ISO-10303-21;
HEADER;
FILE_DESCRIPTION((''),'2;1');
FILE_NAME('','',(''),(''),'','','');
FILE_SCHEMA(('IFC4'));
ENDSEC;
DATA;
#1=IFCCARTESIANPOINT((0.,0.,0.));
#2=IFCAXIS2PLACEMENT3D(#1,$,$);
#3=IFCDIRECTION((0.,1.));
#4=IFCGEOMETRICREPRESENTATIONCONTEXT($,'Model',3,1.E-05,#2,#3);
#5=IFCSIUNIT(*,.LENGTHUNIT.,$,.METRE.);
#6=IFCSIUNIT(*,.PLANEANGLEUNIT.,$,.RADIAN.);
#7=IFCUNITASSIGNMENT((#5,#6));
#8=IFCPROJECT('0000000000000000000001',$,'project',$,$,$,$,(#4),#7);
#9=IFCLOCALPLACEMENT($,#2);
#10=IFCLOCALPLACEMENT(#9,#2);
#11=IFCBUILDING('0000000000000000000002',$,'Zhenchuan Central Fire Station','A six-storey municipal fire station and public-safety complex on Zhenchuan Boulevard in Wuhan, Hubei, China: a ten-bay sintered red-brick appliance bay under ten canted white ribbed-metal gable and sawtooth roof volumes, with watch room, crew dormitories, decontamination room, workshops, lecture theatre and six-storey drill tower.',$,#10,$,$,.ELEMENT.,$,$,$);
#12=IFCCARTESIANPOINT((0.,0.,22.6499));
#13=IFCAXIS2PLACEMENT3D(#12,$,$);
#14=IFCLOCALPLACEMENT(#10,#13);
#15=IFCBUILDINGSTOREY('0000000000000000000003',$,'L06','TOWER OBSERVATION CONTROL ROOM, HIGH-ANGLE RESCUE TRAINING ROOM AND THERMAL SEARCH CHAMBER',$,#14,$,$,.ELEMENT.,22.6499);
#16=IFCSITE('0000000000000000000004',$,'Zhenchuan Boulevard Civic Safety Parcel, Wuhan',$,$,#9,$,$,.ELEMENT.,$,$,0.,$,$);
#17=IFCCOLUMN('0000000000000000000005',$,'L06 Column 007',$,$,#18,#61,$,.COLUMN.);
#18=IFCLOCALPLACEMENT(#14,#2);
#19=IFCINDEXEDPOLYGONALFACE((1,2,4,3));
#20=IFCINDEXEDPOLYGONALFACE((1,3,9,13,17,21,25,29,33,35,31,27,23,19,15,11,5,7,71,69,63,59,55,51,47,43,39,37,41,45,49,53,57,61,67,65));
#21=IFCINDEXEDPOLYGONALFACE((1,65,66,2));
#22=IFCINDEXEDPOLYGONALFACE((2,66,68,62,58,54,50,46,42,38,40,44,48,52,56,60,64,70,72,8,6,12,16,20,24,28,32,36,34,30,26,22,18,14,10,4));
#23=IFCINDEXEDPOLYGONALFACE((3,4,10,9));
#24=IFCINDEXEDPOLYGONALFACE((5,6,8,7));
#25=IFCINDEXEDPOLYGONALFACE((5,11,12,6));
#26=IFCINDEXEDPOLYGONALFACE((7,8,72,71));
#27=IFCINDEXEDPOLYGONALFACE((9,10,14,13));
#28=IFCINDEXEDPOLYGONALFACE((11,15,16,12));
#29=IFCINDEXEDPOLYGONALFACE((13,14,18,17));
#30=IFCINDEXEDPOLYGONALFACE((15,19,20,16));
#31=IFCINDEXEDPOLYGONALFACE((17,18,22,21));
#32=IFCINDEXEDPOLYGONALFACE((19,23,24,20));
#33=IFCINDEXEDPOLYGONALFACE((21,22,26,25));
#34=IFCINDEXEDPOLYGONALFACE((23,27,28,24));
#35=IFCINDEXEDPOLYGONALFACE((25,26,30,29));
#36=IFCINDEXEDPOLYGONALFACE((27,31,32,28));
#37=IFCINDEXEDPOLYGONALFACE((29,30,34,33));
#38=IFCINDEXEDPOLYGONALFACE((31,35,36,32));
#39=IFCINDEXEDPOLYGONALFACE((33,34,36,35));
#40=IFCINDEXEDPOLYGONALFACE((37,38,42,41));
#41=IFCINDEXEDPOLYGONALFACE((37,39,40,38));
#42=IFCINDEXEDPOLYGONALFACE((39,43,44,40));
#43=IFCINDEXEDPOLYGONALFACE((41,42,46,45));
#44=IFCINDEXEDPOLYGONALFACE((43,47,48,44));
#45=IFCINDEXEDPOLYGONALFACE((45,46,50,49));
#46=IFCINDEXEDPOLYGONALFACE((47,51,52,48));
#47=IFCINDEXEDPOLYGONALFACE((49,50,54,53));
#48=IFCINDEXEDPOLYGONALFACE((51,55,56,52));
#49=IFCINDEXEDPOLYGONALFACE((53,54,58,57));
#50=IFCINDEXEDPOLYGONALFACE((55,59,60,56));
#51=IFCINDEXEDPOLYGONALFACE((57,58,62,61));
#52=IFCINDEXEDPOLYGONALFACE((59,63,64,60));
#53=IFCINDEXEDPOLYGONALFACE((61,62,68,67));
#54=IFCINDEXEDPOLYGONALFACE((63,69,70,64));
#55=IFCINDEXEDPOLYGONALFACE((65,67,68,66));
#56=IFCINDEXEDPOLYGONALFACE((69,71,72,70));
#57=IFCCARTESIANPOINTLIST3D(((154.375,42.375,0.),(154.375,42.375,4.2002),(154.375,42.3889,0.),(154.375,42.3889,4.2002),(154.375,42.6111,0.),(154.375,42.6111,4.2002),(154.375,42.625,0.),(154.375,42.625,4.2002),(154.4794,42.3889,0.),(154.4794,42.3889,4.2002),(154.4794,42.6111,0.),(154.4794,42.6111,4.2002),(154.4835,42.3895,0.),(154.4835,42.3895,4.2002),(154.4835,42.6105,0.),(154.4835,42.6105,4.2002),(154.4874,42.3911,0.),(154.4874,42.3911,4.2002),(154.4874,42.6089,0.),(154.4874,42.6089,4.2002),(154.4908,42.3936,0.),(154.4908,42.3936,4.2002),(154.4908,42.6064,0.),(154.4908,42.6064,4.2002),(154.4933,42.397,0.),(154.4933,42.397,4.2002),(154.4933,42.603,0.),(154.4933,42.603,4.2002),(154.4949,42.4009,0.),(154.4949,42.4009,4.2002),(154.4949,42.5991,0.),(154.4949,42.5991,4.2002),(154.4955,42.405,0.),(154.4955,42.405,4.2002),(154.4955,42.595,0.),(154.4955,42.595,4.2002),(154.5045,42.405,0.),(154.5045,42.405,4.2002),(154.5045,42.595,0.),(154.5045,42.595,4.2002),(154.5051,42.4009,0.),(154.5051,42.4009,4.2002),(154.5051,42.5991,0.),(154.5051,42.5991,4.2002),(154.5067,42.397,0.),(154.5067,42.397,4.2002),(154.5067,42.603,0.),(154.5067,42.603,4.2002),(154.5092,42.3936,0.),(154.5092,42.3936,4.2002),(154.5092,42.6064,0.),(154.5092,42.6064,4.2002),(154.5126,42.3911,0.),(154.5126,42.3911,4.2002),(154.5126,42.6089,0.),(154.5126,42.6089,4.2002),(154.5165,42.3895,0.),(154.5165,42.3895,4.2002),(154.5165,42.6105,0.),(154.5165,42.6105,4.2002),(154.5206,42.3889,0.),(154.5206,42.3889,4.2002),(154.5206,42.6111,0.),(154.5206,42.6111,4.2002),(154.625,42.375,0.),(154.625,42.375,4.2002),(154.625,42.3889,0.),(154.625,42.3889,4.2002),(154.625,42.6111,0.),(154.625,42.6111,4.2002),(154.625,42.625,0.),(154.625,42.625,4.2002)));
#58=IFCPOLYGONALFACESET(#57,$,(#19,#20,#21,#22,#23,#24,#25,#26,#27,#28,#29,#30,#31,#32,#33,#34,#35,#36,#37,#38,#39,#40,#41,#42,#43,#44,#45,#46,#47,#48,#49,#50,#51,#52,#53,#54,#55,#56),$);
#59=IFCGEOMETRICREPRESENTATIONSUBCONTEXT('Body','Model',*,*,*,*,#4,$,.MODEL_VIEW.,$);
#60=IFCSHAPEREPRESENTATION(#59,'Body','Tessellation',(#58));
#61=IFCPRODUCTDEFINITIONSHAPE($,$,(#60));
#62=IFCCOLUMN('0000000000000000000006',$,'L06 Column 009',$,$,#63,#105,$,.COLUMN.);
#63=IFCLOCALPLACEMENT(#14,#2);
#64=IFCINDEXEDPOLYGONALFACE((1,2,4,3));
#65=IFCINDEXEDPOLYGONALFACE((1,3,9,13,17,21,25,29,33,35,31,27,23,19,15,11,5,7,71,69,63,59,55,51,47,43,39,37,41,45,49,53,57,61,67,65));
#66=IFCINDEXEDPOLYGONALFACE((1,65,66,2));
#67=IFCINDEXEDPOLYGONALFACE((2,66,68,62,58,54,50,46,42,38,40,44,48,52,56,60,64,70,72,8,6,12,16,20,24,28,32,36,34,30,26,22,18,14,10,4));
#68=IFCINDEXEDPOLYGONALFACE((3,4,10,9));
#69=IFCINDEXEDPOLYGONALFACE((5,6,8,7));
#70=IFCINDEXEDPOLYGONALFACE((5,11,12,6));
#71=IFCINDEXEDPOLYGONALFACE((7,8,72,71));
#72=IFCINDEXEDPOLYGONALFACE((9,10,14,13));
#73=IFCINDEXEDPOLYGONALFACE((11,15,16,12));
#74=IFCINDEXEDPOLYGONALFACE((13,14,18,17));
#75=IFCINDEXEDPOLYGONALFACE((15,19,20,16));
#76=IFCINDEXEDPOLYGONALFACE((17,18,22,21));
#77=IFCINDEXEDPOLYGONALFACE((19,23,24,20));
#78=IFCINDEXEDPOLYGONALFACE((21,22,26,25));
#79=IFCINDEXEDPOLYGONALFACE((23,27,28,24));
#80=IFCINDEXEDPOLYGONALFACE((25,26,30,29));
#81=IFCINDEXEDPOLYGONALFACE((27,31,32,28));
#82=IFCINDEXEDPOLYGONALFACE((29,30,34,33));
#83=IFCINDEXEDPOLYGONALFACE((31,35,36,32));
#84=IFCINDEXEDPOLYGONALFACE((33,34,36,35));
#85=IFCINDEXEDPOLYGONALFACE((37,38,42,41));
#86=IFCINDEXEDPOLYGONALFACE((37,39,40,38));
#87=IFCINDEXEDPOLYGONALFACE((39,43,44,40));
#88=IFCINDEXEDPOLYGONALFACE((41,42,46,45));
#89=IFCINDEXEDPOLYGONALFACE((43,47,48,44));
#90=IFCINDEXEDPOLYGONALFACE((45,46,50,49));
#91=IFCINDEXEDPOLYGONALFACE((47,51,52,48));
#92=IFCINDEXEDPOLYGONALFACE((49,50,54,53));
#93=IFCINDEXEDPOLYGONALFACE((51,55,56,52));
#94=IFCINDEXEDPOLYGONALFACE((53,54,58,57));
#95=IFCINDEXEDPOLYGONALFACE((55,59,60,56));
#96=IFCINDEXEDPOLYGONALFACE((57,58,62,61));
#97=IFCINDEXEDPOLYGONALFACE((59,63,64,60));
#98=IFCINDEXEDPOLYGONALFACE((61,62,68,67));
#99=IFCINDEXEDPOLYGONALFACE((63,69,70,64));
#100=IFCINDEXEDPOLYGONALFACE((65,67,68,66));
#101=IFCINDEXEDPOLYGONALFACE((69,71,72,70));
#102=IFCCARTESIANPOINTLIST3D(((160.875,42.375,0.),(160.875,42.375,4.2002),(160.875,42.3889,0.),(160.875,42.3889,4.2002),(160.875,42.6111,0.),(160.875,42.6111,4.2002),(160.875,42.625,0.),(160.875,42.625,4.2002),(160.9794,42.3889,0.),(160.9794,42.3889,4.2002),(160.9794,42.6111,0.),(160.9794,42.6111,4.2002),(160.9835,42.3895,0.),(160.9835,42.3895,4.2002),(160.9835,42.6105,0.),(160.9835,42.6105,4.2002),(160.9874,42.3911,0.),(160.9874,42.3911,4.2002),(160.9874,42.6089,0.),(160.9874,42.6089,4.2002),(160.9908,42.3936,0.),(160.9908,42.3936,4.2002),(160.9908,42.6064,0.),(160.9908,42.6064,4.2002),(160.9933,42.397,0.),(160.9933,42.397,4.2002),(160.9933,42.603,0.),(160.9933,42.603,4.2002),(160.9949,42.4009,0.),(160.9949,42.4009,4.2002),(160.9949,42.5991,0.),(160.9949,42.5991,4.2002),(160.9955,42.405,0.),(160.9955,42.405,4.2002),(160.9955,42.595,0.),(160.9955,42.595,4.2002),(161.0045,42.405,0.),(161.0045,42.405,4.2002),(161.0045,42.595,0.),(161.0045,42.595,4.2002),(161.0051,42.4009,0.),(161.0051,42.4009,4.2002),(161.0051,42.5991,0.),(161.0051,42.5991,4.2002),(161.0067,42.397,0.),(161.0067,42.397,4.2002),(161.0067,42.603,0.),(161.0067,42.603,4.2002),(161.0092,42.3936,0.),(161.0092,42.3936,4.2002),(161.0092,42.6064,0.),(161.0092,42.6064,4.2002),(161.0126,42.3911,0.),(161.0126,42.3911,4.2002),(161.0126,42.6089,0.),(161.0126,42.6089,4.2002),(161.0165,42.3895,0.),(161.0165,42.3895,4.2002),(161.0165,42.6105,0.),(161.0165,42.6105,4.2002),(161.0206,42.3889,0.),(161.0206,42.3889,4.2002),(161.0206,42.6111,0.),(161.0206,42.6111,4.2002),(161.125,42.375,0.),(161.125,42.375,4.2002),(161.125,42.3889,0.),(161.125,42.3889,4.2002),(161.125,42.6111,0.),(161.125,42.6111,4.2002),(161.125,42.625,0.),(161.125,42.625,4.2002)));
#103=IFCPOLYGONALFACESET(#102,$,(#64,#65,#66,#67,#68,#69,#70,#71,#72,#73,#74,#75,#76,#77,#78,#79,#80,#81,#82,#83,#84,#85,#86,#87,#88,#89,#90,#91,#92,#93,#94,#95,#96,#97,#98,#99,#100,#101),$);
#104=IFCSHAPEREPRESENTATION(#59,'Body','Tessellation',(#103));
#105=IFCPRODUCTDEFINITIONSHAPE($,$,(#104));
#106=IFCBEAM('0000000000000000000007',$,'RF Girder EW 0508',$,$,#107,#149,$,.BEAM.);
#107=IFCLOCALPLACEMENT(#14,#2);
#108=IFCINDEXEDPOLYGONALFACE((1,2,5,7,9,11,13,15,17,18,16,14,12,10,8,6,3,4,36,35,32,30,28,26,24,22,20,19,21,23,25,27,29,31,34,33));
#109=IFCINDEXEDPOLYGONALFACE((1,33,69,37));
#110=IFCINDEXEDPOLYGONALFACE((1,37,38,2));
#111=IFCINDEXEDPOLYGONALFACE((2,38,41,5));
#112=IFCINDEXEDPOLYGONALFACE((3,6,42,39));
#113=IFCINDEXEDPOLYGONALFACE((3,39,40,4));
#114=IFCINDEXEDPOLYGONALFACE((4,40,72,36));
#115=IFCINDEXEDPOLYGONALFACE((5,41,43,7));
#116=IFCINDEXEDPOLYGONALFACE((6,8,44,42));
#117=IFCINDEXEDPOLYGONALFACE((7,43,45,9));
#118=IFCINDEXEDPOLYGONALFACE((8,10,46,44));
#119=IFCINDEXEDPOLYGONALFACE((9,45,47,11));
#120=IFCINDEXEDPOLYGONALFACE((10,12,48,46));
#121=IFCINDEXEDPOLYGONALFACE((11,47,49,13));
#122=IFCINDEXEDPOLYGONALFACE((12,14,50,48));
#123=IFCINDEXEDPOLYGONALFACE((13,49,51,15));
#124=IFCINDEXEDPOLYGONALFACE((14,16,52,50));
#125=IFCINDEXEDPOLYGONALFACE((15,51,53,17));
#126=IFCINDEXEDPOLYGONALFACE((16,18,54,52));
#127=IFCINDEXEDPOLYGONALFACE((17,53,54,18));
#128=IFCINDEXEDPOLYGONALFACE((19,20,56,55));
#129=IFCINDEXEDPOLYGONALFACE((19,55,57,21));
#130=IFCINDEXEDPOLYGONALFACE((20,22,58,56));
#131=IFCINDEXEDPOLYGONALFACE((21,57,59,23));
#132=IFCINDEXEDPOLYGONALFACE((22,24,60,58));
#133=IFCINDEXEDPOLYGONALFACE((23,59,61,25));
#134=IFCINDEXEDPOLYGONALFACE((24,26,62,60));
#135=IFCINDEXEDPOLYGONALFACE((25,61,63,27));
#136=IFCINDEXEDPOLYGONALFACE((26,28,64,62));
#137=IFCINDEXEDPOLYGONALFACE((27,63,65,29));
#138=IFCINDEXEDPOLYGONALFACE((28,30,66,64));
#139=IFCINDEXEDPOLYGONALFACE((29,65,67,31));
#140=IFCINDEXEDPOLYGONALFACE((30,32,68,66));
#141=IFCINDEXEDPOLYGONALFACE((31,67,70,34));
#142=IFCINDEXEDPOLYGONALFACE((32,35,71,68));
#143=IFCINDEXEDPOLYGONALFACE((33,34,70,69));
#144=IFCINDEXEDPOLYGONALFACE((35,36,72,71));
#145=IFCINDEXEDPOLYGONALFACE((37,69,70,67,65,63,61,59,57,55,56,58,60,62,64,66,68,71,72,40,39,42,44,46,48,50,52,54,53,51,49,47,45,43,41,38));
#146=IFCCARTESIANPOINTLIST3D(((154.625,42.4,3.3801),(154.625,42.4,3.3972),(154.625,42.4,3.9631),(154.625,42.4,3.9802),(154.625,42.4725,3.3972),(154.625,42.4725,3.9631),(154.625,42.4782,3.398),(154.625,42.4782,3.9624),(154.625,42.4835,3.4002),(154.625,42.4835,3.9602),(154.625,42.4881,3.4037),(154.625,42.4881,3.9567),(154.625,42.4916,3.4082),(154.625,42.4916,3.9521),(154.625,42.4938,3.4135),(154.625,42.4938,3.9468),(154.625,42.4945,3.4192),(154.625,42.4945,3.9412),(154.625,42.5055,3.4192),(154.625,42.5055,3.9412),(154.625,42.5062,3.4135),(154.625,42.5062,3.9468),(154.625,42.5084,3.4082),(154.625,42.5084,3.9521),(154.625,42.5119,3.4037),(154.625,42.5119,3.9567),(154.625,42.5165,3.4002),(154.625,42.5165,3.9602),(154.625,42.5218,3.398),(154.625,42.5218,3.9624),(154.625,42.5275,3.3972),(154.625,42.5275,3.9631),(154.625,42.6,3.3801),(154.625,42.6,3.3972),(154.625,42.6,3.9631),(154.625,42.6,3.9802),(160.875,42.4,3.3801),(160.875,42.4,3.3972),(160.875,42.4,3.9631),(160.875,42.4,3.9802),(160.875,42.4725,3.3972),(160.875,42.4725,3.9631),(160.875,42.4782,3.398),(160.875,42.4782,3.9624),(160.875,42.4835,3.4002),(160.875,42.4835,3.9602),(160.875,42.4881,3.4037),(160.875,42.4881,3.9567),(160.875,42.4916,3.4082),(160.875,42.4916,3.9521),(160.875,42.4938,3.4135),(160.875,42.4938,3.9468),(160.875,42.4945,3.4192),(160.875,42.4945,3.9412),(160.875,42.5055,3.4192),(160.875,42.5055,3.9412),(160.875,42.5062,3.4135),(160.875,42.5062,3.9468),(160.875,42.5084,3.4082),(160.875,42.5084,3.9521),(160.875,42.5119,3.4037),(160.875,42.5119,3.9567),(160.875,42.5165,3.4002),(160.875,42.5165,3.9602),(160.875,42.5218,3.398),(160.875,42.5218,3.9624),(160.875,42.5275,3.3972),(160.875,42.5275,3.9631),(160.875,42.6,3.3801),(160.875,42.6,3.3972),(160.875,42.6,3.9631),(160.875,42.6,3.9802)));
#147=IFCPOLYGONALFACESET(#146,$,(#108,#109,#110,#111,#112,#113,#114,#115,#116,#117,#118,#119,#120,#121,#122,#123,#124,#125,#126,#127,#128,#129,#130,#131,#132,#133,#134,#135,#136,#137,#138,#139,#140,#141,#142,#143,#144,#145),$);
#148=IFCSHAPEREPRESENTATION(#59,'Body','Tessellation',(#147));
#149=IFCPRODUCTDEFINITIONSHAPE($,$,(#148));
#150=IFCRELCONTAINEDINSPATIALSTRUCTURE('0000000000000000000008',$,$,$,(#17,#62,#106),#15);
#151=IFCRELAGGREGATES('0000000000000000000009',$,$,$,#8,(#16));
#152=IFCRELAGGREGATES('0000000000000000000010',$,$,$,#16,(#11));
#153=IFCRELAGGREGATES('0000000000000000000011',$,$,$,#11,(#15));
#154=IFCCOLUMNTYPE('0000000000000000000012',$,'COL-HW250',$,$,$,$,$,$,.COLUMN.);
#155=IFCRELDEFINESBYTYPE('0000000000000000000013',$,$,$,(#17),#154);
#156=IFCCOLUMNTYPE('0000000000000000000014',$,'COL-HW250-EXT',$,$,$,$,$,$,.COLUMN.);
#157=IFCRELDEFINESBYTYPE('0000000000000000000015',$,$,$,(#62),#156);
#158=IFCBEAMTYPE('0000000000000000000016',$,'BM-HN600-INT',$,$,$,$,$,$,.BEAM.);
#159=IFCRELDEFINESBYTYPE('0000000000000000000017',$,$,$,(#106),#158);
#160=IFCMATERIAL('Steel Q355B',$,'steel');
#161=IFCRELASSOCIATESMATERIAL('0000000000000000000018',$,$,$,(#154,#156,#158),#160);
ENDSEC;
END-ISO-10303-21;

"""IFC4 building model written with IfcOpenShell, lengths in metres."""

from ifc_helpers import new_model, si_unit, direction, frame, origin, origin_2d, place, context, subcontext, project, spatial, i_section, extrude, material, material_profile, profile_set, type_object, element, save


model = new_model("IFC4")

# Units and contexts
model_context = context("Model", 3, precision=1e-05, world=origin(), true_north=direction((0.0, 1.0)))
body_context = subcontext(model_context, "Body", "Model", "MODEL_VIEW")
ifc_project = project(units=[si_unit("LENGTHUNIT", "METRE"), si_unit("PLANEANGLEUNIT", "RADIAN")], contexts=[model_context])

# Site, building, storey
site_placement = place(None, origin())
site = spatial("IfcSite", under=ifc_project, at=site_placement, Name="Zhenchuan Boulevard Civic Safety Parcel, Wuhan", CompositionType="ELEMENT", RefElevation=0.0)
building_placement = place(site_placement, origin())
building = spatial("IfcBuilding", under=site, at=building_placement, Name="Zhenchuan Central Fire Station", Description="A six-storey municipal fire station and public-safety complex on Zhenchuan Boulevard in Wuhan, Hubei, China: a ten-bay sintered red-brick appliance bay under ten canted white ribbed-metal gable and sawtooth roof volumes, with watch room, crew dormitories, decontamination room, workshops, lecture theatre and six-storey drill tower.", CompositionType="ELEMENT")
storey_placement = place(building_placement, frame((0.0, 0.0, 22.6499)))
storey = spatial("IfcBuildingStorey", under=building, at=storey_placement, Name="L06", Description="TOWER OBSERVATION CONTROL ROOM, HIGH-ANGLE RESCUE TRAINING ROOM AND THERMAL SEARCH CHAMBER", CompositionType="ELEMENT", Elevation=22.6499)

# Columns
ifc_material_1 = material(Name="Steel Q355B", Category="steel")
ifc_material_profile_1 = material_profile(ifc_material_1, i_section(OverallWidth=0.25, OverallDepth=0.25, WebThickness=0.009, FlangeThickness=0.0139, FilletRadius=0.0161, at=origin_2d()), Name="HW 250x250")
ifc_profile_set_1 = profile_set([ifc_material_profile_1], Name="Steel Q355B")
column_type_1 = type_object("IfcColumnType", Name="COL-HW250", PredefinedType="COLUMN", material=ifc_profile_set_1)
column_1_placement = place(storey_placement, frame((154.5, 42.5, 0.0), z_axis=(0.0, 0.0, 1.0), x_axis=(1.0, 0.0, 0.0)))
element("IfcColumn", 1, at=column_1_placement, inside=storey, type_object=column_type_1, Name="L06 Column 007", PredefinedType="COLUMN", context=body_context, shape_type="SweptSolid", body=[
    extrude(i_section(OverallWidth=0.25, OverallDepth=0.25, WebThickness=0.009, FlangeThickness=0.0139, FilletRadius=0.0161, at=origin_2d()), origin(), (0.0, 0.0, 1.0), 4.2002),
])
ifc_material_profile_2 = material_profile(ifc_material_1, i_section(OverallWidth=0.25, OverallDepth=0.25, WebThickness=0.009, FlangeThickness=0.0139, FilletRadius=0.0161, at=origin_2d()), Name="HW 250x250")
ifc_profile_set_2 = profile_set([ifc_material_profile_2], Name="Steel Q355B")
column_type_2 = type_object("IfcColumnType", Name="COL-HW250-EXT", PredefinedType="COLUMN", material=ifc_profile_set_2)
column_2_placement = place(storey_placement, frame((161.0, 42.5, 0.0), z_axis=(0.0, 0.0, 1.0), x_axis=(1.0, 0.0, 0.0)))
element("IfcColumn", 2, at=column_2_placement, inside=storey, type_object=column_type_2, Name="L06 Column 009", PredefinedType="COLUMN", context=body_context, shape_type="SweptSolid", body=[
    extrude(i_section(OverallWidth=0.25, OverallDepth=0.25, WebThickness=0.009, FlangeThickness=0.0139, FilletRadius=0.0161, at=origin_2d()), origin(), (0.0, 0.0, 1.0), 4.2002),
])

# Beam
ifc_material_profile_3 = material_profile(ifc_material_1, i_section(OverallWidth=0.2, OverallDepth=0.6001, WebThickness=0.011, FlangeThickness=0.0171, FilletRadius=0.022, at=origin_2d()), Name="HN 600x200")
ifc_profile_set_3 = profile_set([ifc_material_profile_3], Name="Steel Q355B")
beam_type_1 = type_object("IfcBeamType", Name="BM-HN600-INT", PredefinedType="BEAM", material=ifc_profile_set_3)
beam_1_placement = place(storey_placement, frame((154.625, 42.5, 3.6802), z_axis=(1.0, 0.0, 0.0), x_axis=(0.0, 1.0, 0.0)))
element("IfcBeam", 3, at=beam_1_placement, inside=storey, type_object=beam_type_1, Name="RF Girder EW 0508", PredefinedType="BEAM", context=body_context, shape_type="SweptSolid", body=[
    extrude(i_section(OverallWidth=0.2, OverallDepth=0.6001, WebThickness=0.011, FlangeThickness=0.0171, FilletRadius=0.022, at=origin_2d()), origin(), (0.0, 0.0, 1.0), 6.25),
])

save(model, "model.ifc")
